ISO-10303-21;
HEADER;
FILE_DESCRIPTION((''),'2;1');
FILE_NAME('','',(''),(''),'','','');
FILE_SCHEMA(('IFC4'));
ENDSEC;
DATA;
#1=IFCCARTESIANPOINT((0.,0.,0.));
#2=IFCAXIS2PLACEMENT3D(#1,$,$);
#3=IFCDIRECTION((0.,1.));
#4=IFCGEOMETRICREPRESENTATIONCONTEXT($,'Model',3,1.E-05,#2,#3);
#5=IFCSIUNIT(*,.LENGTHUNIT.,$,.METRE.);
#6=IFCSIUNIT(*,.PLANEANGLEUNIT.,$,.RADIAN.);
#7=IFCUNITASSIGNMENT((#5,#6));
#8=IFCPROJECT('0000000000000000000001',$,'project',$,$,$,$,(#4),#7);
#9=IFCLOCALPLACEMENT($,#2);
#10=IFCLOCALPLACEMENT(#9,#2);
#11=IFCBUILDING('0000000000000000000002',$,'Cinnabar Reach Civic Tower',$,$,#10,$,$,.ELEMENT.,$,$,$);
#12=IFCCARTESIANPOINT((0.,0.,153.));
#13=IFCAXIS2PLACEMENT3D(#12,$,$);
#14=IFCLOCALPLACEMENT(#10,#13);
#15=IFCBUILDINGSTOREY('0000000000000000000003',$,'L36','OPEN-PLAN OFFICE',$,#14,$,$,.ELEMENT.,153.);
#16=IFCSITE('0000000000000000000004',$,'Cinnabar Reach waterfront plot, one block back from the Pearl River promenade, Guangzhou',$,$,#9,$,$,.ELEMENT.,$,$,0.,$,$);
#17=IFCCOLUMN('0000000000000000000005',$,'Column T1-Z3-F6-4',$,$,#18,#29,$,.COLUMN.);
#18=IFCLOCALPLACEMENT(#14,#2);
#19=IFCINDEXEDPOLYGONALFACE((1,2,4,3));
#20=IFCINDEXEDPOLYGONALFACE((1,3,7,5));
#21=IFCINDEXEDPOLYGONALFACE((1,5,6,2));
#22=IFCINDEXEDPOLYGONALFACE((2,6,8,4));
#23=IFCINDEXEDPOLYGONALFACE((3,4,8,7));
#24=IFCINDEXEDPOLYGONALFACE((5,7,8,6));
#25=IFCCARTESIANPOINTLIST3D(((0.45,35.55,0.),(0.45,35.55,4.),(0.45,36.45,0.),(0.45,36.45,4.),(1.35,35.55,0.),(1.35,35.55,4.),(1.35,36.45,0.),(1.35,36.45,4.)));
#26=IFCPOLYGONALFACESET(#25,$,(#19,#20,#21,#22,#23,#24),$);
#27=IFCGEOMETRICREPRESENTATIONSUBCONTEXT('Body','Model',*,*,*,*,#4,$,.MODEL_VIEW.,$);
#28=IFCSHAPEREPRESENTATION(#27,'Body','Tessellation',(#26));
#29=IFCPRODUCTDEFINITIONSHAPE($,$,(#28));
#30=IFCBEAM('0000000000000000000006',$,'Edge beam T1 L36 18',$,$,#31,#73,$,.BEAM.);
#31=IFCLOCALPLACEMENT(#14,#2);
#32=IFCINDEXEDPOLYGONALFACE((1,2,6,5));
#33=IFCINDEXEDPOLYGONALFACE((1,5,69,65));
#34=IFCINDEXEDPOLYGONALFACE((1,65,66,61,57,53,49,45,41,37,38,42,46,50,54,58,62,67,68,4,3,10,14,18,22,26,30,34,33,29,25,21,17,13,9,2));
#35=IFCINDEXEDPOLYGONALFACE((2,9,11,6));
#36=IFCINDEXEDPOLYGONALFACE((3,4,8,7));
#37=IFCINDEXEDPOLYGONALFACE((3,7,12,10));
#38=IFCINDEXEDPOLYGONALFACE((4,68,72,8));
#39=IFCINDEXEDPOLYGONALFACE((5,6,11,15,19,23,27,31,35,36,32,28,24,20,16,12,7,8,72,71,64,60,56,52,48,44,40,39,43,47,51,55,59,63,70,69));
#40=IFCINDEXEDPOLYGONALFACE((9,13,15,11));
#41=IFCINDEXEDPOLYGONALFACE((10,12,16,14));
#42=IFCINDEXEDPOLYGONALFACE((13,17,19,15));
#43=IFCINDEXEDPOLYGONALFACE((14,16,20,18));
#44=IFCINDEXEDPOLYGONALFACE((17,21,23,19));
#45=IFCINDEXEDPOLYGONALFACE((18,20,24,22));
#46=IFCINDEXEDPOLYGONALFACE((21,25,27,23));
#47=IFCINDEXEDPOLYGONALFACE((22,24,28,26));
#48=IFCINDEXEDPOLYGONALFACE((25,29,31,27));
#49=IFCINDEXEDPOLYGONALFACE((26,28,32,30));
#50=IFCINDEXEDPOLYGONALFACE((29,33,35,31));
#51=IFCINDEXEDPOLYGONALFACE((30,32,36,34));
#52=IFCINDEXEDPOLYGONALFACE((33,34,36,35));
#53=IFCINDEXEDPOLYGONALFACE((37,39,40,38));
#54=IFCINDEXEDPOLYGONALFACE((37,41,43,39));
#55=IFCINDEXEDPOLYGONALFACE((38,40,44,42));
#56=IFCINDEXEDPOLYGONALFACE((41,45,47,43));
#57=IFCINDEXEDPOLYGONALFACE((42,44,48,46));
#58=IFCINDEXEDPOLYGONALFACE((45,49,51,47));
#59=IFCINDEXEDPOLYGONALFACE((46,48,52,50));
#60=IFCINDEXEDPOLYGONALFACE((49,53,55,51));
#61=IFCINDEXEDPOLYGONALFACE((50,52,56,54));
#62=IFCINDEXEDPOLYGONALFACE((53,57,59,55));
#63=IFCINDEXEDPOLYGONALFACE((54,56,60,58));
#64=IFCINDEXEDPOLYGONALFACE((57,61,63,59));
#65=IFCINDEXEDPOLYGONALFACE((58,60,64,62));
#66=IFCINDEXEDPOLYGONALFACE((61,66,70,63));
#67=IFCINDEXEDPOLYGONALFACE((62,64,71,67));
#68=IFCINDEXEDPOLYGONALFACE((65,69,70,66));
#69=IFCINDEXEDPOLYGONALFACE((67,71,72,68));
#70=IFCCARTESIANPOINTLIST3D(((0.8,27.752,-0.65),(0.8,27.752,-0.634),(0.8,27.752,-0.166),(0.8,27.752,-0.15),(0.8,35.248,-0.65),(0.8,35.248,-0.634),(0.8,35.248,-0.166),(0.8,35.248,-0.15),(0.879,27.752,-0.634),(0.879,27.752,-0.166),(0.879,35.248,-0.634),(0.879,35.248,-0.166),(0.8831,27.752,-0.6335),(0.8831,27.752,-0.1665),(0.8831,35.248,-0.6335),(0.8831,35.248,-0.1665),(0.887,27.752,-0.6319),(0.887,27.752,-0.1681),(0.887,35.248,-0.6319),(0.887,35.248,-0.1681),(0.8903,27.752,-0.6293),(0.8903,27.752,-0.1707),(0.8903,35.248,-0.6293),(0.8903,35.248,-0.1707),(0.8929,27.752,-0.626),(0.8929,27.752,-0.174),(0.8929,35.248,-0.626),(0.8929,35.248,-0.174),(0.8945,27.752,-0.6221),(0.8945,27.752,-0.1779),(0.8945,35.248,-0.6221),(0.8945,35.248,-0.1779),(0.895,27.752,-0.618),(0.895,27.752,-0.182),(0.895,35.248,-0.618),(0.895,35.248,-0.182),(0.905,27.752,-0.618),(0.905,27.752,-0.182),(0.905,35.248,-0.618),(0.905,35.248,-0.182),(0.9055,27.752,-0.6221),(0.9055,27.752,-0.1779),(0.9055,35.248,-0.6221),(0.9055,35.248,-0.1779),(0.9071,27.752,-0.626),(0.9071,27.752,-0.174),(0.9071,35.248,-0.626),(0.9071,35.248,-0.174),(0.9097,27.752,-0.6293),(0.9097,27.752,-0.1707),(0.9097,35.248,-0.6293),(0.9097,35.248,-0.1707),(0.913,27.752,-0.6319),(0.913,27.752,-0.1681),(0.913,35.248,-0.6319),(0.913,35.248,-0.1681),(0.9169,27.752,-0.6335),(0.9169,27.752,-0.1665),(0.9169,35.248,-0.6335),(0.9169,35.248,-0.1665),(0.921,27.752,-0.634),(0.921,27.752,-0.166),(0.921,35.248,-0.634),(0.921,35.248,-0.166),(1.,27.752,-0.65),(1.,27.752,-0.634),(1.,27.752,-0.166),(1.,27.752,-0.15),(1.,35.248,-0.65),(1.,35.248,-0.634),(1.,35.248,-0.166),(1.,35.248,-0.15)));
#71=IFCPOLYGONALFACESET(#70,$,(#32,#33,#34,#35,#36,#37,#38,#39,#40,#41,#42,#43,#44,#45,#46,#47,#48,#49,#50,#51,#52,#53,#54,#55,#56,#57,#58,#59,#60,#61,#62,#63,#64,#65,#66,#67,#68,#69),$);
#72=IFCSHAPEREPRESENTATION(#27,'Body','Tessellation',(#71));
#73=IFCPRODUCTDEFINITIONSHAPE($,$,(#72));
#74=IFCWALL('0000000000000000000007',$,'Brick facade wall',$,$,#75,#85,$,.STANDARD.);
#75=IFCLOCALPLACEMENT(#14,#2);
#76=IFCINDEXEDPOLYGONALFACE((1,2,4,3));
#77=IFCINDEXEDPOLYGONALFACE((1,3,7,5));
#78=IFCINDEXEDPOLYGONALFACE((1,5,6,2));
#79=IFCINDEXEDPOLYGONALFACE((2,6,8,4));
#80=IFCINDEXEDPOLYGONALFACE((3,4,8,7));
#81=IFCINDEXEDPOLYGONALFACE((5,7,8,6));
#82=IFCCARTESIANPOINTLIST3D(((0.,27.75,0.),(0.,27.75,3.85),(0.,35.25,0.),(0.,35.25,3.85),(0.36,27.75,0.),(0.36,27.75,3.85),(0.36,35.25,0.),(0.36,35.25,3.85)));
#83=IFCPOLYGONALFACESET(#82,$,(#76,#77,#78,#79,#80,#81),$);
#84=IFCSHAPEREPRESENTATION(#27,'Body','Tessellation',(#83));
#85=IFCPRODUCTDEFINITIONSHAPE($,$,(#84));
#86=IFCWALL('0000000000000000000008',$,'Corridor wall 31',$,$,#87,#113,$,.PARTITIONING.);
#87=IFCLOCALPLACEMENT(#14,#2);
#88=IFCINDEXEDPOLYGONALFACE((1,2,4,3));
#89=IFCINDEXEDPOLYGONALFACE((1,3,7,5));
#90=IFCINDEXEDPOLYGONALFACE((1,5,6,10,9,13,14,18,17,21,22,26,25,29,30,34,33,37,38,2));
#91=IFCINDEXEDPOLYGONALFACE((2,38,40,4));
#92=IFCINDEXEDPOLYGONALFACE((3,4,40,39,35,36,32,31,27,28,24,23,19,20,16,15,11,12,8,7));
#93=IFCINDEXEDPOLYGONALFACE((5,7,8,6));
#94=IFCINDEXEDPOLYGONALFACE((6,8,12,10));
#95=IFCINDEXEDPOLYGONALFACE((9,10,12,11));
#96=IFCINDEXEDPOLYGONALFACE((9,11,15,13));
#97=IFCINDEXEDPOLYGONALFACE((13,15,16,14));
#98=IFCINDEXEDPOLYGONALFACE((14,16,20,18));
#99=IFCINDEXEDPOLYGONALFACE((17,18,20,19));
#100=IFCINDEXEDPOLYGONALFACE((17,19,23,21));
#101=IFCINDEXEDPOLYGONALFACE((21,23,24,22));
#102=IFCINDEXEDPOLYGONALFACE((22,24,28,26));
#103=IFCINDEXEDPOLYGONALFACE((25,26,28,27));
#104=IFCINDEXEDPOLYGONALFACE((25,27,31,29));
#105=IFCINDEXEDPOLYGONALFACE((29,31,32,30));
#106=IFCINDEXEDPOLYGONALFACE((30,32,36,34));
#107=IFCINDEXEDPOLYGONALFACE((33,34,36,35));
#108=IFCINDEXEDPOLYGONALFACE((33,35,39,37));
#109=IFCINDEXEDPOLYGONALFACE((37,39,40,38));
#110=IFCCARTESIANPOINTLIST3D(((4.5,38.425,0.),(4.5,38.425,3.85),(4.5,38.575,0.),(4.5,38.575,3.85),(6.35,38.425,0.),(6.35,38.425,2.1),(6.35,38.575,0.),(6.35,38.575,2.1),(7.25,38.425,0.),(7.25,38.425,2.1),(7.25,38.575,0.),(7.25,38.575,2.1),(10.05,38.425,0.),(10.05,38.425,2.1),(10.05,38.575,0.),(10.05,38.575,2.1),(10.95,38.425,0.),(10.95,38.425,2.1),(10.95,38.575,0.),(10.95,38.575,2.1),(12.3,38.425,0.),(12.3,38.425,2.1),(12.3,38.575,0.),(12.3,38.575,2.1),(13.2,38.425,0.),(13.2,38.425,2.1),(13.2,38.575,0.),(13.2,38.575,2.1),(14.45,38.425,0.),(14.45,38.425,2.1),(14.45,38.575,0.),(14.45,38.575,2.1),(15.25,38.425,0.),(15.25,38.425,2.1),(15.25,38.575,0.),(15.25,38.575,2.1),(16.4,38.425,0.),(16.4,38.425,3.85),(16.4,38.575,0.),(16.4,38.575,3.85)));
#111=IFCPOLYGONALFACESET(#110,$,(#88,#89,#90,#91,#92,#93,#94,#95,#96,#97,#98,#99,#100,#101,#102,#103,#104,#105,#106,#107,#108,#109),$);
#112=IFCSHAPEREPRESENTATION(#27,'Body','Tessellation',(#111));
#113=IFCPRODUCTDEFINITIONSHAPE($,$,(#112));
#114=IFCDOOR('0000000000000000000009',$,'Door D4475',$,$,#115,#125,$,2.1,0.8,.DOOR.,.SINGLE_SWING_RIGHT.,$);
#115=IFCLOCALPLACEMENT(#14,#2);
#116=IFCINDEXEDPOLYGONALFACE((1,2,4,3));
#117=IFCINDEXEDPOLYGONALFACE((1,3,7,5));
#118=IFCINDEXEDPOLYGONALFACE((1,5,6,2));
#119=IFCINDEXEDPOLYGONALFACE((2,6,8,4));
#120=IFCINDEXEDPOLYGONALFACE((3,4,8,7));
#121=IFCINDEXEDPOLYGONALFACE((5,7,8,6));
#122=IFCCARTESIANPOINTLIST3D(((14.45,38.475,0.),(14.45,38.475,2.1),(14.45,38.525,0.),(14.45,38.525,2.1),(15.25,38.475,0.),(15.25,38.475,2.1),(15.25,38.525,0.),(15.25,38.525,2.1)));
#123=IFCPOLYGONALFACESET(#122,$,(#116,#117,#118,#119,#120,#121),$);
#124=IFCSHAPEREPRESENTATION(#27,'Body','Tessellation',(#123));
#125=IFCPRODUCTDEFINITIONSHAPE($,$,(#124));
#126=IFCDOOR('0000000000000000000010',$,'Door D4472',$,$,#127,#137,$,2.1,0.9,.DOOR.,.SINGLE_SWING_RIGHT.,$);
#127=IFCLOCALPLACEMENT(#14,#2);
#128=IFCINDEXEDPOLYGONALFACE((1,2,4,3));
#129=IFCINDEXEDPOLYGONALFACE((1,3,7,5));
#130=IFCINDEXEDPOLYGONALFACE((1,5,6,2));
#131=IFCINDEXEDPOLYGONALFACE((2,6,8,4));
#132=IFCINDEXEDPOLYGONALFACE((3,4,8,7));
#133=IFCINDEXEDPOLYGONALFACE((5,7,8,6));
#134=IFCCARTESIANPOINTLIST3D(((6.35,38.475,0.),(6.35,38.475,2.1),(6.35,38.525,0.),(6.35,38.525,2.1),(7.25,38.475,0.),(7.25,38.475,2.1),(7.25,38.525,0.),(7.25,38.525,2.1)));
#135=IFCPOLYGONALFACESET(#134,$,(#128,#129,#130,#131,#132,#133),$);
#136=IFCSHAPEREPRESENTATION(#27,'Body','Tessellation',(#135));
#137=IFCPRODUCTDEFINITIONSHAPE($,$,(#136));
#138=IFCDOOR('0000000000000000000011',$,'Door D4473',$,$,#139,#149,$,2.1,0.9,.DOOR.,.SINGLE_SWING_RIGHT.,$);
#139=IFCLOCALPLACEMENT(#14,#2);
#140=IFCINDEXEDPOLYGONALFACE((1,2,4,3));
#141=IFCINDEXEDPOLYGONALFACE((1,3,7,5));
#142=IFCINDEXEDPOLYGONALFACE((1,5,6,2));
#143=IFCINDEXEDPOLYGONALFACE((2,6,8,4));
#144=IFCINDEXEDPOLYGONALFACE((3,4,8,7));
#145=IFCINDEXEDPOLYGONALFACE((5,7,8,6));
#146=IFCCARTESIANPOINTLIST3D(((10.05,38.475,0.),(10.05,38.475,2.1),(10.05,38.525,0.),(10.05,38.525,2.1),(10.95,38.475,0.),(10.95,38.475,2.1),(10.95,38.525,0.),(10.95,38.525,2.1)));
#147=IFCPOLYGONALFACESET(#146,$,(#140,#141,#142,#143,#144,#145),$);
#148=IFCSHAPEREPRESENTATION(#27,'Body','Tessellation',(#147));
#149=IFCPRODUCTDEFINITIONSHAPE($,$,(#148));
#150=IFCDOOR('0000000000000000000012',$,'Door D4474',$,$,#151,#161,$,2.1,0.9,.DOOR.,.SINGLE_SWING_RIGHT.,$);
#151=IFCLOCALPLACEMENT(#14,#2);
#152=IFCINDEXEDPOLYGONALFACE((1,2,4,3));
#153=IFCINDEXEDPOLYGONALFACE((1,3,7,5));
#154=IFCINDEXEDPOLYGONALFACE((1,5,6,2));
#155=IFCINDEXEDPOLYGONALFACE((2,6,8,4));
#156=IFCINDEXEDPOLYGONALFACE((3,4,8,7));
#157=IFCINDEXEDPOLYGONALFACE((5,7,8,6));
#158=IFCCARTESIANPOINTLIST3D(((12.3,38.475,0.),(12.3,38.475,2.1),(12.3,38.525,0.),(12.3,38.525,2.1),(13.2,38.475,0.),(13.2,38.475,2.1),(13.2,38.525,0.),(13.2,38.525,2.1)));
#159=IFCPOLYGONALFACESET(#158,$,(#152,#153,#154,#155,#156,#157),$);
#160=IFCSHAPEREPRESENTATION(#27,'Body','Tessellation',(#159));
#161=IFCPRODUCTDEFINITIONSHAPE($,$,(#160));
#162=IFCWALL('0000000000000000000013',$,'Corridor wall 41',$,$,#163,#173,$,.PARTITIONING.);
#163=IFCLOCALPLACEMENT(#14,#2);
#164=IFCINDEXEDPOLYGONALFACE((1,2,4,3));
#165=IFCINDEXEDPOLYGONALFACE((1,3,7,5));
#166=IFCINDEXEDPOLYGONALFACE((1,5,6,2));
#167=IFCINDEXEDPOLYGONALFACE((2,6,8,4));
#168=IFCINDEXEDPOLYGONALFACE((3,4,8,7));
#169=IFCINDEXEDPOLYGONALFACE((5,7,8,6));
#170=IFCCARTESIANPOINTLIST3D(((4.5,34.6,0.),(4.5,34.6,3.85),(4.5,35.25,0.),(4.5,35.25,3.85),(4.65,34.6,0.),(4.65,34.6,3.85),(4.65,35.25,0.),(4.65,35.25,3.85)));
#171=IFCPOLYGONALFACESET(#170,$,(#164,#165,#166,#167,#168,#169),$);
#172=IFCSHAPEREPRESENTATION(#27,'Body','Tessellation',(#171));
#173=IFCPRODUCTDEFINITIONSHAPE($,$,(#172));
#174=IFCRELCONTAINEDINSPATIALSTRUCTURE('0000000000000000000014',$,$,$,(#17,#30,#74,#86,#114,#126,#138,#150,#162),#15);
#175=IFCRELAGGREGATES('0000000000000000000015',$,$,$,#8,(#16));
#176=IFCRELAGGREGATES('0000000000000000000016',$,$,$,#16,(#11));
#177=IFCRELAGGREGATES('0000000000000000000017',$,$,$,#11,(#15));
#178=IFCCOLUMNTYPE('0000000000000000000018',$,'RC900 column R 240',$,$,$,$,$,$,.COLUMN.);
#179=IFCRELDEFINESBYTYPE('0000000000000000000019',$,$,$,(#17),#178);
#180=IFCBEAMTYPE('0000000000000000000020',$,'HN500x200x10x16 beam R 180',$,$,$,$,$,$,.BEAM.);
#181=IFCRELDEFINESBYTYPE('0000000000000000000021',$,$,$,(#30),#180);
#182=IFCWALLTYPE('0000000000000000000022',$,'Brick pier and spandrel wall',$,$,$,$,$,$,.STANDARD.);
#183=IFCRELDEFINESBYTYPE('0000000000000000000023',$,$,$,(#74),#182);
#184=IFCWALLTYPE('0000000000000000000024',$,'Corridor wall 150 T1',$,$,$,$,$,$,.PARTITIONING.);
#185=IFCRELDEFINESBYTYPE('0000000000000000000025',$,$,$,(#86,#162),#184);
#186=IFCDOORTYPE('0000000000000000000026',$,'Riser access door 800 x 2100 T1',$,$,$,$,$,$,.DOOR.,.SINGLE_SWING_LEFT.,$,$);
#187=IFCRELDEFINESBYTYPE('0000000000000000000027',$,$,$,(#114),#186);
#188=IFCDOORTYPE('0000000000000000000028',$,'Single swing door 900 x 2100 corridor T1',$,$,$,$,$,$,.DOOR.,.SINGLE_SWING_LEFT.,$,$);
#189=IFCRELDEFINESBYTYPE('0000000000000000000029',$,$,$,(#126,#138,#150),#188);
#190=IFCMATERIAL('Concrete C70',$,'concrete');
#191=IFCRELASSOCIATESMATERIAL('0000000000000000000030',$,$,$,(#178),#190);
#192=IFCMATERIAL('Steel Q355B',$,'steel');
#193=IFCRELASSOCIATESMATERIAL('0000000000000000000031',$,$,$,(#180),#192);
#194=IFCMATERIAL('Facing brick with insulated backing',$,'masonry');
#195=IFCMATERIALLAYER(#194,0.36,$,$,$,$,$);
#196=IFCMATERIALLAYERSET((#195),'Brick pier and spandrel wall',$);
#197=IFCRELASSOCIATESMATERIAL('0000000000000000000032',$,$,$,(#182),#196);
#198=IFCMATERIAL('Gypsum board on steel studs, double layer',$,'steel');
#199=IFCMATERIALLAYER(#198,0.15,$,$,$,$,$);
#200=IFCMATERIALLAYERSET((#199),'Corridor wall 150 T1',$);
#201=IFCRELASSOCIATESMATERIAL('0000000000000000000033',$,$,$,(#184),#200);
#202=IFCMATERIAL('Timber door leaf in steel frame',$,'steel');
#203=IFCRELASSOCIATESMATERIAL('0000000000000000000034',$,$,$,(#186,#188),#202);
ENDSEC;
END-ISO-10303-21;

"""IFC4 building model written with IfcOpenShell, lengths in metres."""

from ifc_helpers import new_model, si_unit, direction, frame, frame_2d, origin, origin_2d, place, context, subcontext, project, spatial, rectangle, i_section, extrude, material, layer, layer_set, material_profile, profile_set, type_object, element, fill, save


model = new_model("IFC4")

# Units and contexts
model_context = context("Model", 3, precision=1e-05, world=origin(), true_north=direction((0.0, 1.0)))
body_context = subcontext(model_context, "Body", "Model", "MODEL_VIEW")
ifc_project = project(units=[si_unit("LENGTHUNIT", "METRE"), si_unit("PLANEANGLEUNIT", "RADIAN")], contexts=[model_context])

# Site, building, storey
site_placement = place(None, origin())
site = spatial("IfcSite", under=ifc_project, at=site_placement, Name="Cinnabar Reach waterfront plot, one block back from the Pearl River promenade, Guangzhou", CompositionType="ELEMENT", RefElevation=0.0)
building_placement = place(site_placement, origin())
building = spatial("IfcBuilding", under=site, at=building_placement, Name="Cinnabar Reach Civic Tower", CompositionType="ELEMENT")
storey_placement = place(building_placement, frame((0.0, 0.0, 153.0)))
storey = spatial("IfcBuildingStorey", under=building, at=storey_placement, Name="L36", Description="OPEN-PLAN OFFICE", CompositionType="ELEMENT", Elevation=153.0)

# Column
ifc_material_1 = material(Name="Concrete C70", Category="concrete")
ifc_material_profile_1 = material_profile(ifc_material_1, rectangle(XDim=0.9, YDim=0.9, at=origin_2d()), Name="RC900")
ifc_profile_set_1 = profile_set([ifc_material_profile_1], Name="Concrete C70")
column_type = type_object("IfcColumnType", Name="RC900 column R 240", PredefinedType="COLUMN", material=ifc_profile_set_1)
column_placement = place(storey_placement, frame((0.9, 36.0, 0.0), z_axis=(0.0, 0.0, 1.0), x_axis=(1.0, 0.0, 0.0)))
element("IfcColumn", 1, at=column_placement, inside=storey, type_object=column_type, Name="Column T1-Z3-F6-4", PredefinedType="COLUMN", context=body_context, shape_type="SweptSolid", body=[
    extrude(rectangle(XDim=0.9, YDim=0.9, at=origin_2d()), origin(), (0.0, 0.0, 1.0), 4.0),
])

# Beam
ifc_material_2 = material(Name="Steel Q355B", Category="steel")
ifc_material_profile_2 = material_profile(ifc_material_2, i_section(OverallWidth=0.2, OverallDepth=0.5, WebThickness=0.01, FlangeThickness=0.016, FilletRadius=0.016, at=origin_2d()), Name="HN500x200x10x16")
ifc_profile_set_2 = profile_set([ifc_material_profile_2], Name="Steel Q355B")
beam_type = type_object("IfcBeamType", Name="HN500x200x10x16 beam R 180", PredefinedType="BEAM", material=ifc_profile_set_2)
beam_placement = place(storey_placement, frame((0.9, 35.248, -0.4), z_axis=(0.0, -1.0, 0.0), x_axis=(1.0, 0.0, 0.0)))
element("IfcBeam", 2, at=beam_placement, inside=storey, type_object=beam_type, Name="Edge beam T1 L36 18", PredefinedType="BEAM", context=body_context, shape_type="SweptSolid", body=[
    extrude(i_section(OverallWidth=0.2, OverallDepth=0.5, WebThickness=0.01, FlangeThickness=0.016, FilletRadius=0.016, at=origin_2d()), origin(), (0.0, 0.0, 1.0), 7.496),
])

# Wall
ifc_material_3 = material(Name="Facing brick with insulated backing", Category="masonry")
ifc_layer_1 = layer(ifc_material_3, 0.36)
ifc_layer_set_1 = layer_set([ifc_layer_1], Name="Brick pier and spandrel wall")
wall_type_1 = type_object("IfcWallType", Name="Brick pier and spandrel wall", PredefinedType="STANDARD", material=ifc_layer_set_1)
wall_1_placement = place(storey_placement, frame((0.18, 35.25, 0.0), z_axis=(0.0, 0.0, 1.0), x_axis=(0.0, -1.0, 0.0)))
element("IfcWall", 3, at=wall_1_placement, inside=storey, type_object=wall_type_1, Name="Brick facade wall", PredefinedType="STANDARD", context=body_context, shape_type="SweptSolid", body=[
    extrude(rectangle(XDim=7.5, YDim=0.36, at=frame_2d((3.75, 0.0))), origin(), (0.0, 0.0, 1.0), 3.85),
])

# Wall, openings, doors
ifc_material_4 = material(Name="Gypsum board on steel studs, double layer", Category="steel")
ifc_layer_2 = layer(ifc_material_4, 0.15)
ifc_layer_set_2 = layer_set([ifc_layer_2], Name="Corridor wall 150 T1")
wall_type_2 = type_object("IfcWallType", Name="Corridor wall 150 T1", PredefinedType="PARTITIONING", material=ifc_layer_set_2)
wall_2_placement = place(storey_placement, frame((4.5, 38.5, 0.0), z_axis=(0.0, 0.0, 1.0), x_axis=(1.0, 0.0, 0.0)))
wall_2 = element("IfcWall", 4, at=wall_2_placement, inside=storey, type_object=wall_type_2, Name="Corridor wall 31", PredefinedType="PARTITIONING", context=body_context, shape_type="SweptSolid", body=[
    extrude(rectangle(XDim=11.9, YDim=0.15, at=frame_2d((5.95, 0.0))), origin(), (0.0, 0.0, 1.0), 3.85),
])
opening_1_placement = place(wall_2_placement, frame((1.85, 0.0, 0.0)))
opening_1 = element("IfcOpeningElement", 5, at=opening_1_placement, cuts=wall_2, PredefinedType="OPENING", context=body_context, shape_type="SweptSolid", body=[
    extrude(rectangle(XDim=0.9, YDim=2.1, at=frame_2d((0.45, 1.05))), frame((0.0, 0.085, 0.0), z_axis=(0.0, -1.0, 0.0), x_axis=(1.0, 0.0, 0.0)), (0.0, 0.0, 1.0), 0.17),
])
opening_2_placement = place(wall_2_placement, frame((5.55, 0.0, 0.0)))
opening_2 = element("IfcOpeningElement", 6, at=opening_2_placement, cuts=wall_2, PredefinedType="OPENING", context=body_context, shape_type="SweptSolid", body=[
    extrude(rectangle(XDim=0.9, YDim=2.1, at=frame_2d((0.45, 1.05))), frame((0.0, 0.085, 0.0), z_axis=(0.0, -1.0, 0.0), x_axis=(1.0, 0.0, 0.0)), (0.0, 0.0, 1.0), 0.17),
])
opening_3_placement = place(wall_2_placement, frame((7.8, 0.0, 0.0)))
opening_3 = element("IfcOpeningElement", 7, at=opening_3_placement, cuts=wall_2, PredefinedType="OPENING", context=body_context, shape_type="SweptSolid", body=[
    extrude(rectangle(XDim=0.9, YDim=2.1, at=frame_2d((0.45, 1.05))), frame((0.0, 0.085, 0.0), z_axis=(0.0, -1.0, 0.0), x_axis=(1.0, 0.0, 0.0)), (0.0, 0.0, 1.0), 0.17),
])
opening_4_placement = place(wall_2_placement, frame((9.95, 0.0, 0.0)))
opening_4 = element("IfcOpeningElement", 8, at=opening_4_placement, cuts=wall_2, PredefinedType="OPENING", context=body_context, shape_type="SweptSolid", body=[
    extrude(rectangle(XDim=0.8, YDim=2.1, at=frame_2d((0.4, 1.05))), frame((0.0, 0.085, 0.0), z_axis=(0.0, -1.0, 0.0), x_axis=(1.0, 0.0, 0.0)), (0.0, 0.0, 1.0), 0.17),
])
ifc_material_5 = material(Name="Timber door leaf in steel frame", Category="steel")
door_type_1 = type_object("IfcDoorType", Name="Riser access door 800 x 2100 T1", OperationType="SINGLE_SWING_LEFT", PredefinedType="DOOR", material=ifc_material_5)
door_1_placement = place(opening_4_placement, origin())
door_1 = element("IfcDoor", 9, at=door_1_placement, inside=storey, type_object=door_type_1, Name="Door D4475", OperationType="SINGLE_SWING_RIGHT", OverallHeight=2.1, OverallWidth=0.8, PredefinedType="DOOR", context=body_context, shape_type="SweptSolid", body=[
    extrude(rectangle(XDim=0.8, YDim=2.1, at=frame_2d((0.4, 1.05))), frame((0.0, 0.025, 0.0), z_axis=(0.0, -1.0, 0.0), x_axis=(1.0, 0.0, 0.0)), (0.0, 0.0, 1.0), 0.05),
])
fill(opening_4, door_1)
door_type_2 = type_object("IfcDoorType", Name="Single swing door 900 x 2100 corridor T1", OperationType="SINGLE_SWING_LEFT", PredefinedType="DOOR", material=ifc_material_5)
door_2_placement = place(opening_1_placement, origin())
door_2 = element("IfcDoor", 10, at=door_2_placement, inside=storey, type_object=door_type_2, Name="Door D4472", OperationType="SINGLE_SWING_RIGHT", OverallHeight=2.1, OverallWidth=0.9, PredefinedType="DOOR", context=body_context, shape_type="SweptSolid", body=[
    extrude(rectangle(XDim=0.9, YDim=2.1, at=frame_2d((0.45, 1.05))), frame((0.0, 0.025, 0.0), z_axis=(0.0, -1.0, 0.0), x_axis=(1.0, 0.0, 0.0)), (0.0, 0.0, 1.0), 0.05),
])
fill(opening_1, door_2)
door_3_placement = place(opening_2_placement, origin())
door_3 = element("IfcDoor", 11, at=door_3_placement, inside=storey, type_object=door_type_2, Name="Door D4473", OperationType="SINGLE_SWING_RIGHT", OverallHeight=2.1, OverallWidth=0.9, PredefinedType="DOOR", context=body_context, shape_type="SweptSolid", body=[
    extrude(rectangle(XDim=0.9, YDim=2.1, at=frame_2d((0.45, 1.05))), frame((0.0, 0.025, 0.0), z_axis=(0.0, -1.0, 0.0), x_axis=(1.0, 0.0, 0.0)), (0.0, 0.0, 1.0), 0.05),
])
fill(opening_2, door_3)
door_4_placement = place(opening_3_placement, origin())
door_4 = element("IfcDoor", 12, at=door_4_placement, inside=storey, type_object=door_type_2, Name="Door D4474", OperationType="SINGLE_SWING_RIGHT", OverallHeight=2.1, OverallWidth=0.9, PredefinedType="DOOR", context=body_context, shape_type="SweptSolid", body=[
    extrude(rectangle(XDim=0.9, YDim=2.1, at=frame_2d((0.45, 1.05))), frame((0.0, 0.025, 0.0), z_axis=(0.0, -1.0, 0.0), x_axis=(1.0, 0.0, 0.0)), (0.0, 0.0, 1.0), 0.05),
])
fill(opening_3, door_4)

# Wall
wall_3_placement = place(storey_placement, frame((4.575, 34.6, 0.0), z_axis=(0.0, 0.0, 1.0), x_axis=(0.0, 1.0, 0.0)))
element("IfcWall", 13, at=wall_3_placement, inside=storey, type_object=wall_type_2, Name="Corridor wall 41", PredefinedType="PARTITIONING", context=body_context, shape_type="SweptSolid", body=[
    extrude(rectangle(XDim=0.65, YDim=0.15, at=frame_2d((0.325, 0.0))), origin(), (0.0, 0.0, 1.0), 3.85),
])

save(model, "model.ifc")
